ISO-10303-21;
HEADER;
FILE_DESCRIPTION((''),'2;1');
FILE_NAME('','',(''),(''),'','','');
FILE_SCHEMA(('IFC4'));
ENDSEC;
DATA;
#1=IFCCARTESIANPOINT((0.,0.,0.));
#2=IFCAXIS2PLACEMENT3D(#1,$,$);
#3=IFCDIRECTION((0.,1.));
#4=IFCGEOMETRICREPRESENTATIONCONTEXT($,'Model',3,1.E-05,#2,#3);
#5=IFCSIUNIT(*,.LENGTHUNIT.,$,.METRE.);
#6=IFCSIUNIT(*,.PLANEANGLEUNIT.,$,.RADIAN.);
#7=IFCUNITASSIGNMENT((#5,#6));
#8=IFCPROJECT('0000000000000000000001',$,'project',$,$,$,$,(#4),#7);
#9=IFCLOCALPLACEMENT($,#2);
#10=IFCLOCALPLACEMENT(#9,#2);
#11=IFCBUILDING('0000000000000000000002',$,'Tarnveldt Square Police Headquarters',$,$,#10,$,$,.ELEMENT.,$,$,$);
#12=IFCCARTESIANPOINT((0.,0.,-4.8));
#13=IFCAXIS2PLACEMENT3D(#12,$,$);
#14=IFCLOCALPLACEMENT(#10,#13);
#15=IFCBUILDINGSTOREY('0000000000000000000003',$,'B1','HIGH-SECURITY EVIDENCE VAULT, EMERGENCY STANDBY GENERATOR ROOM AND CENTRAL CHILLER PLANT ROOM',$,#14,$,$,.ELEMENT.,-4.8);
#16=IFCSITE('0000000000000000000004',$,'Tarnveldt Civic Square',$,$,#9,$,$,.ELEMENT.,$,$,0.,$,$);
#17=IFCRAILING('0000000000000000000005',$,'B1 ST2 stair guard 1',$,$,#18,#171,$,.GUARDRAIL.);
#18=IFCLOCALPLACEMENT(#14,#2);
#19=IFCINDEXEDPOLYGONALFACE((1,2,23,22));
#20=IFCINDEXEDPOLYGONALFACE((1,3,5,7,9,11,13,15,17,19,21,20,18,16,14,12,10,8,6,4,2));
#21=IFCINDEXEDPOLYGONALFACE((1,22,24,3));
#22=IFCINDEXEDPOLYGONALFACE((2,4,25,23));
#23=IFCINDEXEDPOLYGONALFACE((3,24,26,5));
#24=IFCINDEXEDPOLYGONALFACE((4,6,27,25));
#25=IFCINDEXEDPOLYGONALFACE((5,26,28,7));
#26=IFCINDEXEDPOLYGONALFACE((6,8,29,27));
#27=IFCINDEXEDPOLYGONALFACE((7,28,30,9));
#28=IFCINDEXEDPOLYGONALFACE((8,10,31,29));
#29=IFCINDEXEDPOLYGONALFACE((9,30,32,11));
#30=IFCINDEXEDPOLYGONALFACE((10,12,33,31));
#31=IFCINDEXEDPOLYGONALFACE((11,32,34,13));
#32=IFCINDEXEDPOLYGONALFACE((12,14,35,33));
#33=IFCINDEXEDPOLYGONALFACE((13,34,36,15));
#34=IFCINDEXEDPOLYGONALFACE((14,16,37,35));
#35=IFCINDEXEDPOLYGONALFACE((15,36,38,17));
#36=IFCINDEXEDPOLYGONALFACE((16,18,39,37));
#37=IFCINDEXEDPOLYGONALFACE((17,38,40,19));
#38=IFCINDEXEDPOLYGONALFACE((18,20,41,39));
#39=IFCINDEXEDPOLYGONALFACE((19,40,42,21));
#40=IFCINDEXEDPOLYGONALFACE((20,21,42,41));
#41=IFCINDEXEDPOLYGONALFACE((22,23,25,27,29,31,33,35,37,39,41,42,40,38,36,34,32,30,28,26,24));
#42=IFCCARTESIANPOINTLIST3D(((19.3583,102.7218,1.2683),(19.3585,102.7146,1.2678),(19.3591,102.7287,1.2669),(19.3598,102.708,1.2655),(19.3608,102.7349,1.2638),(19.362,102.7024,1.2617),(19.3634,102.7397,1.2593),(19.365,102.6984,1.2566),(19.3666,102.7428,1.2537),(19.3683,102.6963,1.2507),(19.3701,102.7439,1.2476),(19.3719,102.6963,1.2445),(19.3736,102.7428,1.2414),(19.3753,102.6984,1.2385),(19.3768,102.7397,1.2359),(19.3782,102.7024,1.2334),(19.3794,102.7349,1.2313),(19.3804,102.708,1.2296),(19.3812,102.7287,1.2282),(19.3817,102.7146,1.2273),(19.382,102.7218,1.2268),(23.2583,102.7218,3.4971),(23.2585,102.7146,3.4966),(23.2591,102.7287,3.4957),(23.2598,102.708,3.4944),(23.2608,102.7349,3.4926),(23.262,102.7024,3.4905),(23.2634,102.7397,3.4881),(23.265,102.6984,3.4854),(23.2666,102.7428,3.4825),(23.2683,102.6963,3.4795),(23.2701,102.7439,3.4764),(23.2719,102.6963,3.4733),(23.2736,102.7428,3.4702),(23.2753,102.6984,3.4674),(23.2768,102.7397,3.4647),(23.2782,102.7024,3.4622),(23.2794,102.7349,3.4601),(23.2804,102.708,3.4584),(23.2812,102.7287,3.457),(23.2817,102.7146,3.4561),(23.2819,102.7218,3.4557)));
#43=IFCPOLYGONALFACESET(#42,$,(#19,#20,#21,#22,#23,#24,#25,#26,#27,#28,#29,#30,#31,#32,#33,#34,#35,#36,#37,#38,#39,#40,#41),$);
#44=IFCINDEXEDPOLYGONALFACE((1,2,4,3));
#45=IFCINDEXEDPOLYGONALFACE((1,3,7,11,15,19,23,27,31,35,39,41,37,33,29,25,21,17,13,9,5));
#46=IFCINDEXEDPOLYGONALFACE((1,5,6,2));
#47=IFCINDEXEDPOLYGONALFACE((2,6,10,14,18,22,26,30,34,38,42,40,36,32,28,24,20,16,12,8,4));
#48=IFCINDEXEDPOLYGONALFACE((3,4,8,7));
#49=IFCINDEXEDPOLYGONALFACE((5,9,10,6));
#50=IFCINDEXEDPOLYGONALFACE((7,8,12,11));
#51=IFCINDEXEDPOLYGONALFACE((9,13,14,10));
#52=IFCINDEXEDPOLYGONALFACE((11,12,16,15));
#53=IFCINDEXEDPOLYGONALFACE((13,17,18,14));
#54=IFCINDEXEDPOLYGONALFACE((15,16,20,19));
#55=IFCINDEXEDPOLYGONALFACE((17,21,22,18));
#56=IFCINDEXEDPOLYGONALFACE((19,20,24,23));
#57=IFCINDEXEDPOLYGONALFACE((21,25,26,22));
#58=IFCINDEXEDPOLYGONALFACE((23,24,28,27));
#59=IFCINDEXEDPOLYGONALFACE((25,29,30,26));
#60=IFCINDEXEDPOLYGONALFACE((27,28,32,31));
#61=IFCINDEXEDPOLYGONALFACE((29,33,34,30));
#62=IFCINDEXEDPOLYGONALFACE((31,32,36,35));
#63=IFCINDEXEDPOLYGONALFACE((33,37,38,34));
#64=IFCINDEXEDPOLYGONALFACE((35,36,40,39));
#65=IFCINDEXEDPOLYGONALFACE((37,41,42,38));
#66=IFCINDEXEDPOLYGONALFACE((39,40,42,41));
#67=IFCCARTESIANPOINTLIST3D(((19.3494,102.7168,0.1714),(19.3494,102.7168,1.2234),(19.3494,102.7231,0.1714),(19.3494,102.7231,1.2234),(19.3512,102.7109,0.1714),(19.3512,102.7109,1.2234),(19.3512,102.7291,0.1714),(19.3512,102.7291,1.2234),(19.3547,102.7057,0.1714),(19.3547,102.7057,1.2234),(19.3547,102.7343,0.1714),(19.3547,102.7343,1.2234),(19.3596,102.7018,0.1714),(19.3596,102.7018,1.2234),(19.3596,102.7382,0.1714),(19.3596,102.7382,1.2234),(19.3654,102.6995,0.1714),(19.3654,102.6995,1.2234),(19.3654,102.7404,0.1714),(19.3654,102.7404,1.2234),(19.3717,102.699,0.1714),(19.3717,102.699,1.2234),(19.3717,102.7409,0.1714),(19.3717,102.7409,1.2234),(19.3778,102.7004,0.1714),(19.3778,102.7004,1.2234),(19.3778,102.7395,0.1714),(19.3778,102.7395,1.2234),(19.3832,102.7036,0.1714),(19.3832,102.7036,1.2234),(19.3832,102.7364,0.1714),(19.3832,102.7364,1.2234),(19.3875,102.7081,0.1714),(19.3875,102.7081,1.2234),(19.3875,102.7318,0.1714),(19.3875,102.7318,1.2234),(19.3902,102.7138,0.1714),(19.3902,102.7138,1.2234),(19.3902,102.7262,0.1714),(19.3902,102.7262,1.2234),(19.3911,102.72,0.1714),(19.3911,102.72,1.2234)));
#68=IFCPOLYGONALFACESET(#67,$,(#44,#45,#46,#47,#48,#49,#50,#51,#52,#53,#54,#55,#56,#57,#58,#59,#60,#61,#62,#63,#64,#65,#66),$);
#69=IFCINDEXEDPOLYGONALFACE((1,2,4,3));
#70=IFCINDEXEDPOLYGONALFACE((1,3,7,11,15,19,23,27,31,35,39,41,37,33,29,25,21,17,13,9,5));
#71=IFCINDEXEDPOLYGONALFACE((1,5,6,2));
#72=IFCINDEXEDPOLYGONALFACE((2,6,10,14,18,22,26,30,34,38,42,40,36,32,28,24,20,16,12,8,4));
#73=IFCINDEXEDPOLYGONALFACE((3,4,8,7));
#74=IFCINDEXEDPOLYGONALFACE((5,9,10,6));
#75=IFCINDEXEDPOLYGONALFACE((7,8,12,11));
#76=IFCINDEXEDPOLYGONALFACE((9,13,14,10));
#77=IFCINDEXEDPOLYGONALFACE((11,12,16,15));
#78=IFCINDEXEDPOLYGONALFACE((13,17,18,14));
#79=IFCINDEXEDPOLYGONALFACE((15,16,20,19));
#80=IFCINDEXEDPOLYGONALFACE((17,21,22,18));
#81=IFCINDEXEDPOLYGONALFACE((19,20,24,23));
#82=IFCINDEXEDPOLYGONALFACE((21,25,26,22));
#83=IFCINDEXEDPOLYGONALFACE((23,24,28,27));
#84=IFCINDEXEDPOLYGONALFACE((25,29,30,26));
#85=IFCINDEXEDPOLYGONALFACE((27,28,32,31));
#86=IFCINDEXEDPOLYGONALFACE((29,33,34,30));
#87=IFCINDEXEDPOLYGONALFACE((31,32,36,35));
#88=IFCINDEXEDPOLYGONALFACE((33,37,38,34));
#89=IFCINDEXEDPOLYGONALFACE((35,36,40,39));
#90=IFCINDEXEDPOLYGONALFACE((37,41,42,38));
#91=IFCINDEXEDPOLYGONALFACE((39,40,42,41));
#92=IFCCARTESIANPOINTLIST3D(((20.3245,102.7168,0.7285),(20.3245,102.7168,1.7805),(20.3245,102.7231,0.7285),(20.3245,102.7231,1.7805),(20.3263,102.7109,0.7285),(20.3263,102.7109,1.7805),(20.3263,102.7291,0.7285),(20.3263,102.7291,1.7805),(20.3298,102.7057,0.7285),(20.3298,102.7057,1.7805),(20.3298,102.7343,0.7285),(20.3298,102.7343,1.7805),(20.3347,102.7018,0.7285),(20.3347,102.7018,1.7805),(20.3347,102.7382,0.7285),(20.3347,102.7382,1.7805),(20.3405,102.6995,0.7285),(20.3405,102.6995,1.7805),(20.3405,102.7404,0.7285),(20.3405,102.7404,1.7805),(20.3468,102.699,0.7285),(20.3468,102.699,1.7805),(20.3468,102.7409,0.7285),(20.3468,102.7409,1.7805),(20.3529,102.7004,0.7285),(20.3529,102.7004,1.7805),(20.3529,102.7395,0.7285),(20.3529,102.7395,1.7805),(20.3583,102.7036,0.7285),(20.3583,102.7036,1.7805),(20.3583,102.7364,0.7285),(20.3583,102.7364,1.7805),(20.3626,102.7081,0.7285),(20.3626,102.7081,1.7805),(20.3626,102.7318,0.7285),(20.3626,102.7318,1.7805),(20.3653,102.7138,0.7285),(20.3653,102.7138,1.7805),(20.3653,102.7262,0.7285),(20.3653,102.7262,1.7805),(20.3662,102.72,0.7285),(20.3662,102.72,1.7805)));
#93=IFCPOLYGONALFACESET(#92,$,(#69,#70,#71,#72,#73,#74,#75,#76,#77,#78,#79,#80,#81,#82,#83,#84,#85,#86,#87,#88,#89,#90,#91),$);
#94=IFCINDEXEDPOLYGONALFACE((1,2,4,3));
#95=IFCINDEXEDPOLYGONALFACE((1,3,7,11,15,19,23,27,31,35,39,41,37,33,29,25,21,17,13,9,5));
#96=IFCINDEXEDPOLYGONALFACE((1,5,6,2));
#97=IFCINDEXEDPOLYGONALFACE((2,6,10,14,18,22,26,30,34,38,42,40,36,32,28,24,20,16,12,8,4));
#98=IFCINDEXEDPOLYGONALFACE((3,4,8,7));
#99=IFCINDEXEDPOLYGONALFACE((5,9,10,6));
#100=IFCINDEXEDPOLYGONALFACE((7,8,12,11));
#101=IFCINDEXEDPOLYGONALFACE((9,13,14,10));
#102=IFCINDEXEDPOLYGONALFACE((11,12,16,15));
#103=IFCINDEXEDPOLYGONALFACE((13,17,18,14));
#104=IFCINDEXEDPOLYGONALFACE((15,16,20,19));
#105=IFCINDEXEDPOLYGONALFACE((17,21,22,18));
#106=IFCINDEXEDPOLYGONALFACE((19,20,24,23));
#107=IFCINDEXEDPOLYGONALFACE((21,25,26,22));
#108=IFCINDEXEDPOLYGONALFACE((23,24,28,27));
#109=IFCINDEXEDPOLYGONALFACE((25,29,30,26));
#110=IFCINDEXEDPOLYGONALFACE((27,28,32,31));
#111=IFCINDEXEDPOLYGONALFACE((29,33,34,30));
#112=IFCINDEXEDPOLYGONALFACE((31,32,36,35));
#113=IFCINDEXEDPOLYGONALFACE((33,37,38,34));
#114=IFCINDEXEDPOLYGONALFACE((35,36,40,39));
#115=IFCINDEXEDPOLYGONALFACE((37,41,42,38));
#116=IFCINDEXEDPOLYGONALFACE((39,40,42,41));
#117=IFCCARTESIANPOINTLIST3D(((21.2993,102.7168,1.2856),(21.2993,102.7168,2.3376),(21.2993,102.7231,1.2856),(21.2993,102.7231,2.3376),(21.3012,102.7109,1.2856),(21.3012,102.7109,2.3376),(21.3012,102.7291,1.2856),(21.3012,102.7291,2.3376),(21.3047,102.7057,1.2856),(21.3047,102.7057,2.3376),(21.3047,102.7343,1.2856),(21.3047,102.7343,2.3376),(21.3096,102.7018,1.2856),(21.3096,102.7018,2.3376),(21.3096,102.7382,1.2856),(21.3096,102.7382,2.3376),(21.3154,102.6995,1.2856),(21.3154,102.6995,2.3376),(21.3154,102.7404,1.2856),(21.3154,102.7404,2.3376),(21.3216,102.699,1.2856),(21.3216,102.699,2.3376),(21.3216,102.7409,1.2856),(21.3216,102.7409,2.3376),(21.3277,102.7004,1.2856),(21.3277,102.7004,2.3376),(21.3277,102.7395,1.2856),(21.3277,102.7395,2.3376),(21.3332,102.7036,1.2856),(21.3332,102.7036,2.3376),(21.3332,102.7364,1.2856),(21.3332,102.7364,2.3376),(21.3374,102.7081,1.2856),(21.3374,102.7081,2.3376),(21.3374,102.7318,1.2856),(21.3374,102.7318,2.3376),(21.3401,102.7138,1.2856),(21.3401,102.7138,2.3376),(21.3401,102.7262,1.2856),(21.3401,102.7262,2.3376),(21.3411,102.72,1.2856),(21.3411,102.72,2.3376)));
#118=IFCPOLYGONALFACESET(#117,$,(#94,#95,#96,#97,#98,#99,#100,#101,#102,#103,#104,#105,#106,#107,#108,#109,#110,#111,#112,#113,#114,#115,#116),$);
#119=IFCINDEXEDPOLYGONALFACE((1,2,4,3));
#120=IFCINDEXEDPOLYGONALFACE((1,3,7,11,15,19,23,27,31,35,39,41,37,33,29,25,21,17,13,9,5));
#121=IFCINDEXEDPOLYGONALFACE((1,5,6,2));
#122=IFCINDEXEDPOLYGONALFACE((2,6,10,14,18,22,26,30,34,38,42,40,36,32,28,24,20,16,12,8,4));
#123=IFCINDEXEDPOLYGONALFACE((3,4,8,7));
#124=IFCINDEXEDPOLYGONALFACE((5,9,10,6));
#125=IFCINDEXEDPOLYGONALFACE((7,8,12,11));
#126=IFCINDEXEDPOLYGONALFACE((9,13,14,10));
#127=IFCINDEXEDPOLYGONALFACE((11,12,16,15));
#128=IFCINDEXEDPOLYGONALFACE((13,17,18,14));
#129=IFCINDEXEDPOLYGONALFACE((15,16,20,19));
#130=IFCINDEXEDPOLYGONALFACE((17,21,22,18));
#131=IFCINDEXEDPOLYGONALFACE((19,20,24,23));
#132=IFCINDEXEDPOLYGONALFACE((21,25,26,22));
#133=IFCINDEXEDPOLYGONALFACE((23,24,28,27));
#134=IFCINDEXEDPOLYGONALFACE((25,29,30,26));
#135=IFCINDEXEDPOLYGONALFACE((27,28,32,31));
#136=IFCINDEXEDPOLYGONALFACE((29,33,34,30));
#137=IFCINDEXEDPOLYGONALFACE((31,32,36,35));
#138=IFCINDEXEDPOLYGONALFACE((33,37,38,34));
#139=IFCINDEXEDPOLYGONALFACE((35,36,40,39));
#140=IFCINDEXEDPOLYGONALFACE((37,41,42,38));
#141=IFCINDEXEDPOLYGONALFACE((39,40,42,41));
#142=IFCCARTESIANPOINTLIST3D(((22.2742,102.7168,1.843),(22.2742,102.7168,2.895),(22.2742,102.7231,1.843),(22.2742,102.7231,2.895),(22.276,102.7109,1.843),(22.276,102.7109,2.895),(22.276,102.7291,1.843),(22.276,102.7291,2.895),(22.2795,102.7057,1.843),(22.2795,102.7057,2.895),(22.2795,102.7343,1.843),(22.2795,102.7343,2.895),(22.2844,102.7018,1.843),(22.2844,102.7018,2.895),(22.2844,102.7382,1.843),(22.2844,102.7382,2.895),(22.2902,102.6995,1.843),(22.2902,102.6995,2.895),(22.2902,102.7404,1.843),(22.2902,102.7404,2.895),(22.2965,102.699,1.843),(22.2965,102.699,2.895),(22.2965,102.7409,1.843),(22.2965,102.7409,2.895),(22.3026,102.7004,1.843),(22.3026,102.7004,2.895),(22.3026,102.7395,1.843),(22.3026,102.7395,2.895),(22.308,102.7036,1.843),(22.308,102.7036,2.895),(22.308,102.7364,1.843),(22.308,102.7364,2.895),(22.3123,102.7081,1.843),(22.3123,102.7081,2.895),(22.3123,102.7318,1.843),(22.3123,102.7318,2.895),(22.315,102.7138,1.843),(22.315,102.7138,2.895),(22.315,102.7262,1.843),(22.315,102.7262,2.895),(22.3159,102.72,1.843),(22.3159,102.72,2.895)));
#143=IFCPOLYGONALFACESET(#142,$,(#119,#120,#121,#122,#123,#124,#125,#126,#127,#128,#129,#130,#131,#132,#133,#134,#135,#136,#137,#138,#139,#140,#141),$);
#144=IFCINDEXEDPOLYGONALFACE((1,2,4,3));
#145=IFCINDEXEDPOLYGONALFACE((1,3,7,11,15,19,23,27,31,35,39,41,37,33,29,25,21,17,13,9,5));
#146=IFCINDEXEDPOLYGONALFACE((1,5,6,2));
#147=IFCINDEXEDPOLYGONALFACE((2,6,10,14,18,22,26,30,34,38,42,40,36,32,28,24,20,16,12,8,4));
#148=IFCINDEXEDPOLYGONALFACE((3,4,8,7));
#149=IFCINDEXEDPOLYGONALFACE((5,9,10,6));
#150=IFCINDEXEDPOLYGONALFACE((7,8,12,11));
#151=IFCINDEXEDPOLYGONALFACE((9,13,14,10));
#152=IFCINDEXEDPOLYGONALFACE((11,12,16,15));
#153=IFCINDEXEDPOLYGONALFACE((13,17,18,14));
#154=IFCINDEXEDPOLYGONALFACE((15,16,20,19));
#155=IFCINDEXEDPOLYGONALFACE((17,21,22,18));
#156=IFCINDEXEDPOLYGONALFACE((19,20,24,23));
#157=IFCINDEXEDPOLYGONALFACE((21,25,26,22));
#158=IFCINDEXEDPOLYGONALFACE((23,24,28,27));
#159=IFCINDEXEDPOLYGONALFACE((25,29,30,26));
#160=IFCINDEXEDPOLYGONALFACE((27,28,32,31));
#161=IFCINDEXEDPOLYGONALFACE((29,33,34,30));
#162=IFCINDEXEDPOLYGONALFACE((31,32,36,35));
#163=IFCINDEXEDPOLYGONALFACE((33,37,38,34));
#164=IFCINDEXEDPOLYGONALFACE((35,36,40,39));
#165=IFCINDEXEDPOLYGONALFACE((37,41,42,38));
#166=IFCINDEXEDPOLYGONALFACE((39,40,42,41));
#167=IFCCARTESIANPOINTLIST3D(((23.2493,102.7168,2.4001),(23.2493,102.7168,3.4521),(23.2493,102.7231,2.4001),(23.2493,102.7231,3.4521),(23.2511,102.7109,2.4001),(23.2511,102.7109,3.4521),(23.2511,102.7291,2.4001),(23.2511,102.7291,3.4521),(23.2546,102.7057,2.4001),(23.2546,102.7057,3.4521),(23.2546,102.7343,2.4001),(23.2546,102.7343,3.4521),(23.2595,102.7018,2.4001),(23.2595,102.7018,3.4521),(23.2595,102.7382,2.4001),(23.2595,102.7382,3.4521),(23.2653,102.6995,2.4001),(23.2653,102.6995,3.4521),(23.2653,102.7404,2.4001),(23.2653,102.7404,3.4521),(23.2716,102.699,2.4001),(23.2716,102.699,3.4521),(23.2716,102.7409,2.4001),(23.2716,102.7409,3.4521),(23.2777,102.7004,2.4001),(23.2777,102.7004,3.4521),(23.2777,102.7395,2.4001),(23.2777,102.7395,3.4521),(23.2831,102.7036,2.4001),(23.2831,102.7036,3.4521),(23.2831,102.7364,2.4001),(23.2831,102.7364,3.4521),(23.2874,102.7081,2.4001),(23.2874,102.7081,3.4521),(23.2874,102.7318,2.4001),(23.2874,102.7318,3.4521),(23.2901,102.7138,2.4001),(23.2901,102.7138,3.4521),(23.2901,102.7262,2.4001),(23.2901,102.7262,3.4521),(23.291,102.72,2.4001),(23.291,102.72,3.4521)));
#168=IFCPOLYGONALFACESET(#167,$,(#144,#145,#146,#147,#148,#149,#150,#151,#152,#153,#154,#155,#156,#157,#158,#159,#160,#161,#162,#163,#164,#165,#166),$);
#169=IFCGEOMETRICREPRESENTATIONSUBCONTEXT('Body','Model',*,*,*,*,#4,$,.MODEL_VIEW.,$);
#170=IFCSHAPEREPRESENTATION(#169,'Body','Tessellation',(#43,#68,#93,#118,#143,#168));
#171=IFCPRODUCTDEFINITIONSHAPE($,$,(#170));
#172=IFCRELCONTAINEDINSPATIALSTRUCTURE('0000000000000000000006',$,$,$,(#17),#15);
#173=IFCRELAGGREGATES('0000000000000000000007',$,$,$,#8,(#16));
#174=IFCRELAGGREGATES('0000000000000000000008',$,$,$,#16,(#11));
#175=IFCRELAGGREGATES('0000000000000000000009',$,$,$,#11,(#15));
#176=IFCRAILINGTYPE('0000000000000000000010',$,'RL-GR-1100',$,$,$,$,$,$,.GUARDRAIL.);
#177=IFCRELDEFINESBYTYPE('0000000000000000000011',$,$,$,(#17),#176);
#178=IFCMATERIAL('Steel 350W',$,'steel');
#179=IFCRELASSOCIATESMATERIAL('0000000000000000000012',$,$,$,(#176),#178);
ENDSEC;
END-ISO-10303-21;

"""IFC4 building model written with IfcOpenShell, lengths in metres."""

from ifc_helpers import new_model, si_unit, direction, frame, origin, origin_2d, place, context, subcontext, project, spatial, circle, extrude, material, type_object, element, save


model = new_model("IFC4")

# Units and contexts
model_context = context("Model", 3, precision=1e-05, world=origin(), true_north=direction((0.0, 1.0)))
body_context = subcontext(model_context, "Body", "Model", "MODEL_VIEW")
ifc_project = project(units=[si_unit("LENGTHUNIT", "METRE"), si_unit("PLANEANGLEUNIT", "RADIAN")], contexts=[model_context])

# Site, building, storey
site_placement = place(None, origin())
site = spatial("IfcSite", under=ifc_project, at=site_placement, Name="Tarnveldt Civic Square", CompositionType="ELEMENT", RefElevation=0.0)
building_placement = place(site_placement, origin())
building = spatial("IfcBuilding", under=site, at=building_placement, Name="Tarnveldt Square Police Headquarters", CompositionType="ELEMENT")
storey_placement = place(building_placement, frame((0.0, 0.0, -4.8)))
storey = spatial("IfcBuildingStorey", under=building, at=storey_placement, Name="B1", Description="HIGH-SECURITY EVIDENCE VAULT, EMERGENCY STANDBY GENERATOR ROOM AND CENTRAL CHILLER PLANT ROOM", CompositionType="ELEMENT", Elevation=-4.8)

# Railing
ifc_material_1 = material(Name="Steel 350W", Category="steel")
railing_type_1 = type_object("IfcRailingType", Name="RL-GR-1100", PredefinedType="GUARDRAIL", material=ifc_material_1)
railing_1_placement = place(storey_placement, frame((19.3701, 102.72, 0.1714)))
element("IfcRailing", 1, at=railing_1_placement, inside=storey, type_object=railing_type_1, Name="B1 ST2 stair guard 1", PredefinedType="GUARDRAIL", context=body_context, shape_type="SweptSolid", body=[
    extrude(circle(Radius=0.0239, at=origin_2d()), frame((0.0, 0.0, 1.0762), z_axis=(0.86822, 0.0, 0.49618), x_axis=(0.0, 1.0, 0.0)), (0.0, 0.0, 1.0), 4.4919),
    extrude(circle(Radius=0.021, at=origin_2d()), origin(), (0.0, 0.0, 1.0), 1.052),
    extrude(circle(Radius=0.021, at=origin_2d()), frame((0.9751, 0.0, 0.5571)), (0.0, 0.0, 1.0), 1.052),
    extrude(circle(Radius=0.021, at=origin_2d()), frame((1.95, 0.0, 1.1143)), (0.0, 0.0, 1.0), 1.052),
    extrude(circle(Radius=0.021, at=origin_2d()), frame((2.9248, 0.0, 1.6716)), (0.0, 0.0, 1.0), 1.052),
    extrude(circle(Radius=0.021, at=origin_2d()), frame((3.8999, 0.0, 2.2288)), (0.0, 0.0, 1.0), 1.052),
])

save(model, "model.ifc")
